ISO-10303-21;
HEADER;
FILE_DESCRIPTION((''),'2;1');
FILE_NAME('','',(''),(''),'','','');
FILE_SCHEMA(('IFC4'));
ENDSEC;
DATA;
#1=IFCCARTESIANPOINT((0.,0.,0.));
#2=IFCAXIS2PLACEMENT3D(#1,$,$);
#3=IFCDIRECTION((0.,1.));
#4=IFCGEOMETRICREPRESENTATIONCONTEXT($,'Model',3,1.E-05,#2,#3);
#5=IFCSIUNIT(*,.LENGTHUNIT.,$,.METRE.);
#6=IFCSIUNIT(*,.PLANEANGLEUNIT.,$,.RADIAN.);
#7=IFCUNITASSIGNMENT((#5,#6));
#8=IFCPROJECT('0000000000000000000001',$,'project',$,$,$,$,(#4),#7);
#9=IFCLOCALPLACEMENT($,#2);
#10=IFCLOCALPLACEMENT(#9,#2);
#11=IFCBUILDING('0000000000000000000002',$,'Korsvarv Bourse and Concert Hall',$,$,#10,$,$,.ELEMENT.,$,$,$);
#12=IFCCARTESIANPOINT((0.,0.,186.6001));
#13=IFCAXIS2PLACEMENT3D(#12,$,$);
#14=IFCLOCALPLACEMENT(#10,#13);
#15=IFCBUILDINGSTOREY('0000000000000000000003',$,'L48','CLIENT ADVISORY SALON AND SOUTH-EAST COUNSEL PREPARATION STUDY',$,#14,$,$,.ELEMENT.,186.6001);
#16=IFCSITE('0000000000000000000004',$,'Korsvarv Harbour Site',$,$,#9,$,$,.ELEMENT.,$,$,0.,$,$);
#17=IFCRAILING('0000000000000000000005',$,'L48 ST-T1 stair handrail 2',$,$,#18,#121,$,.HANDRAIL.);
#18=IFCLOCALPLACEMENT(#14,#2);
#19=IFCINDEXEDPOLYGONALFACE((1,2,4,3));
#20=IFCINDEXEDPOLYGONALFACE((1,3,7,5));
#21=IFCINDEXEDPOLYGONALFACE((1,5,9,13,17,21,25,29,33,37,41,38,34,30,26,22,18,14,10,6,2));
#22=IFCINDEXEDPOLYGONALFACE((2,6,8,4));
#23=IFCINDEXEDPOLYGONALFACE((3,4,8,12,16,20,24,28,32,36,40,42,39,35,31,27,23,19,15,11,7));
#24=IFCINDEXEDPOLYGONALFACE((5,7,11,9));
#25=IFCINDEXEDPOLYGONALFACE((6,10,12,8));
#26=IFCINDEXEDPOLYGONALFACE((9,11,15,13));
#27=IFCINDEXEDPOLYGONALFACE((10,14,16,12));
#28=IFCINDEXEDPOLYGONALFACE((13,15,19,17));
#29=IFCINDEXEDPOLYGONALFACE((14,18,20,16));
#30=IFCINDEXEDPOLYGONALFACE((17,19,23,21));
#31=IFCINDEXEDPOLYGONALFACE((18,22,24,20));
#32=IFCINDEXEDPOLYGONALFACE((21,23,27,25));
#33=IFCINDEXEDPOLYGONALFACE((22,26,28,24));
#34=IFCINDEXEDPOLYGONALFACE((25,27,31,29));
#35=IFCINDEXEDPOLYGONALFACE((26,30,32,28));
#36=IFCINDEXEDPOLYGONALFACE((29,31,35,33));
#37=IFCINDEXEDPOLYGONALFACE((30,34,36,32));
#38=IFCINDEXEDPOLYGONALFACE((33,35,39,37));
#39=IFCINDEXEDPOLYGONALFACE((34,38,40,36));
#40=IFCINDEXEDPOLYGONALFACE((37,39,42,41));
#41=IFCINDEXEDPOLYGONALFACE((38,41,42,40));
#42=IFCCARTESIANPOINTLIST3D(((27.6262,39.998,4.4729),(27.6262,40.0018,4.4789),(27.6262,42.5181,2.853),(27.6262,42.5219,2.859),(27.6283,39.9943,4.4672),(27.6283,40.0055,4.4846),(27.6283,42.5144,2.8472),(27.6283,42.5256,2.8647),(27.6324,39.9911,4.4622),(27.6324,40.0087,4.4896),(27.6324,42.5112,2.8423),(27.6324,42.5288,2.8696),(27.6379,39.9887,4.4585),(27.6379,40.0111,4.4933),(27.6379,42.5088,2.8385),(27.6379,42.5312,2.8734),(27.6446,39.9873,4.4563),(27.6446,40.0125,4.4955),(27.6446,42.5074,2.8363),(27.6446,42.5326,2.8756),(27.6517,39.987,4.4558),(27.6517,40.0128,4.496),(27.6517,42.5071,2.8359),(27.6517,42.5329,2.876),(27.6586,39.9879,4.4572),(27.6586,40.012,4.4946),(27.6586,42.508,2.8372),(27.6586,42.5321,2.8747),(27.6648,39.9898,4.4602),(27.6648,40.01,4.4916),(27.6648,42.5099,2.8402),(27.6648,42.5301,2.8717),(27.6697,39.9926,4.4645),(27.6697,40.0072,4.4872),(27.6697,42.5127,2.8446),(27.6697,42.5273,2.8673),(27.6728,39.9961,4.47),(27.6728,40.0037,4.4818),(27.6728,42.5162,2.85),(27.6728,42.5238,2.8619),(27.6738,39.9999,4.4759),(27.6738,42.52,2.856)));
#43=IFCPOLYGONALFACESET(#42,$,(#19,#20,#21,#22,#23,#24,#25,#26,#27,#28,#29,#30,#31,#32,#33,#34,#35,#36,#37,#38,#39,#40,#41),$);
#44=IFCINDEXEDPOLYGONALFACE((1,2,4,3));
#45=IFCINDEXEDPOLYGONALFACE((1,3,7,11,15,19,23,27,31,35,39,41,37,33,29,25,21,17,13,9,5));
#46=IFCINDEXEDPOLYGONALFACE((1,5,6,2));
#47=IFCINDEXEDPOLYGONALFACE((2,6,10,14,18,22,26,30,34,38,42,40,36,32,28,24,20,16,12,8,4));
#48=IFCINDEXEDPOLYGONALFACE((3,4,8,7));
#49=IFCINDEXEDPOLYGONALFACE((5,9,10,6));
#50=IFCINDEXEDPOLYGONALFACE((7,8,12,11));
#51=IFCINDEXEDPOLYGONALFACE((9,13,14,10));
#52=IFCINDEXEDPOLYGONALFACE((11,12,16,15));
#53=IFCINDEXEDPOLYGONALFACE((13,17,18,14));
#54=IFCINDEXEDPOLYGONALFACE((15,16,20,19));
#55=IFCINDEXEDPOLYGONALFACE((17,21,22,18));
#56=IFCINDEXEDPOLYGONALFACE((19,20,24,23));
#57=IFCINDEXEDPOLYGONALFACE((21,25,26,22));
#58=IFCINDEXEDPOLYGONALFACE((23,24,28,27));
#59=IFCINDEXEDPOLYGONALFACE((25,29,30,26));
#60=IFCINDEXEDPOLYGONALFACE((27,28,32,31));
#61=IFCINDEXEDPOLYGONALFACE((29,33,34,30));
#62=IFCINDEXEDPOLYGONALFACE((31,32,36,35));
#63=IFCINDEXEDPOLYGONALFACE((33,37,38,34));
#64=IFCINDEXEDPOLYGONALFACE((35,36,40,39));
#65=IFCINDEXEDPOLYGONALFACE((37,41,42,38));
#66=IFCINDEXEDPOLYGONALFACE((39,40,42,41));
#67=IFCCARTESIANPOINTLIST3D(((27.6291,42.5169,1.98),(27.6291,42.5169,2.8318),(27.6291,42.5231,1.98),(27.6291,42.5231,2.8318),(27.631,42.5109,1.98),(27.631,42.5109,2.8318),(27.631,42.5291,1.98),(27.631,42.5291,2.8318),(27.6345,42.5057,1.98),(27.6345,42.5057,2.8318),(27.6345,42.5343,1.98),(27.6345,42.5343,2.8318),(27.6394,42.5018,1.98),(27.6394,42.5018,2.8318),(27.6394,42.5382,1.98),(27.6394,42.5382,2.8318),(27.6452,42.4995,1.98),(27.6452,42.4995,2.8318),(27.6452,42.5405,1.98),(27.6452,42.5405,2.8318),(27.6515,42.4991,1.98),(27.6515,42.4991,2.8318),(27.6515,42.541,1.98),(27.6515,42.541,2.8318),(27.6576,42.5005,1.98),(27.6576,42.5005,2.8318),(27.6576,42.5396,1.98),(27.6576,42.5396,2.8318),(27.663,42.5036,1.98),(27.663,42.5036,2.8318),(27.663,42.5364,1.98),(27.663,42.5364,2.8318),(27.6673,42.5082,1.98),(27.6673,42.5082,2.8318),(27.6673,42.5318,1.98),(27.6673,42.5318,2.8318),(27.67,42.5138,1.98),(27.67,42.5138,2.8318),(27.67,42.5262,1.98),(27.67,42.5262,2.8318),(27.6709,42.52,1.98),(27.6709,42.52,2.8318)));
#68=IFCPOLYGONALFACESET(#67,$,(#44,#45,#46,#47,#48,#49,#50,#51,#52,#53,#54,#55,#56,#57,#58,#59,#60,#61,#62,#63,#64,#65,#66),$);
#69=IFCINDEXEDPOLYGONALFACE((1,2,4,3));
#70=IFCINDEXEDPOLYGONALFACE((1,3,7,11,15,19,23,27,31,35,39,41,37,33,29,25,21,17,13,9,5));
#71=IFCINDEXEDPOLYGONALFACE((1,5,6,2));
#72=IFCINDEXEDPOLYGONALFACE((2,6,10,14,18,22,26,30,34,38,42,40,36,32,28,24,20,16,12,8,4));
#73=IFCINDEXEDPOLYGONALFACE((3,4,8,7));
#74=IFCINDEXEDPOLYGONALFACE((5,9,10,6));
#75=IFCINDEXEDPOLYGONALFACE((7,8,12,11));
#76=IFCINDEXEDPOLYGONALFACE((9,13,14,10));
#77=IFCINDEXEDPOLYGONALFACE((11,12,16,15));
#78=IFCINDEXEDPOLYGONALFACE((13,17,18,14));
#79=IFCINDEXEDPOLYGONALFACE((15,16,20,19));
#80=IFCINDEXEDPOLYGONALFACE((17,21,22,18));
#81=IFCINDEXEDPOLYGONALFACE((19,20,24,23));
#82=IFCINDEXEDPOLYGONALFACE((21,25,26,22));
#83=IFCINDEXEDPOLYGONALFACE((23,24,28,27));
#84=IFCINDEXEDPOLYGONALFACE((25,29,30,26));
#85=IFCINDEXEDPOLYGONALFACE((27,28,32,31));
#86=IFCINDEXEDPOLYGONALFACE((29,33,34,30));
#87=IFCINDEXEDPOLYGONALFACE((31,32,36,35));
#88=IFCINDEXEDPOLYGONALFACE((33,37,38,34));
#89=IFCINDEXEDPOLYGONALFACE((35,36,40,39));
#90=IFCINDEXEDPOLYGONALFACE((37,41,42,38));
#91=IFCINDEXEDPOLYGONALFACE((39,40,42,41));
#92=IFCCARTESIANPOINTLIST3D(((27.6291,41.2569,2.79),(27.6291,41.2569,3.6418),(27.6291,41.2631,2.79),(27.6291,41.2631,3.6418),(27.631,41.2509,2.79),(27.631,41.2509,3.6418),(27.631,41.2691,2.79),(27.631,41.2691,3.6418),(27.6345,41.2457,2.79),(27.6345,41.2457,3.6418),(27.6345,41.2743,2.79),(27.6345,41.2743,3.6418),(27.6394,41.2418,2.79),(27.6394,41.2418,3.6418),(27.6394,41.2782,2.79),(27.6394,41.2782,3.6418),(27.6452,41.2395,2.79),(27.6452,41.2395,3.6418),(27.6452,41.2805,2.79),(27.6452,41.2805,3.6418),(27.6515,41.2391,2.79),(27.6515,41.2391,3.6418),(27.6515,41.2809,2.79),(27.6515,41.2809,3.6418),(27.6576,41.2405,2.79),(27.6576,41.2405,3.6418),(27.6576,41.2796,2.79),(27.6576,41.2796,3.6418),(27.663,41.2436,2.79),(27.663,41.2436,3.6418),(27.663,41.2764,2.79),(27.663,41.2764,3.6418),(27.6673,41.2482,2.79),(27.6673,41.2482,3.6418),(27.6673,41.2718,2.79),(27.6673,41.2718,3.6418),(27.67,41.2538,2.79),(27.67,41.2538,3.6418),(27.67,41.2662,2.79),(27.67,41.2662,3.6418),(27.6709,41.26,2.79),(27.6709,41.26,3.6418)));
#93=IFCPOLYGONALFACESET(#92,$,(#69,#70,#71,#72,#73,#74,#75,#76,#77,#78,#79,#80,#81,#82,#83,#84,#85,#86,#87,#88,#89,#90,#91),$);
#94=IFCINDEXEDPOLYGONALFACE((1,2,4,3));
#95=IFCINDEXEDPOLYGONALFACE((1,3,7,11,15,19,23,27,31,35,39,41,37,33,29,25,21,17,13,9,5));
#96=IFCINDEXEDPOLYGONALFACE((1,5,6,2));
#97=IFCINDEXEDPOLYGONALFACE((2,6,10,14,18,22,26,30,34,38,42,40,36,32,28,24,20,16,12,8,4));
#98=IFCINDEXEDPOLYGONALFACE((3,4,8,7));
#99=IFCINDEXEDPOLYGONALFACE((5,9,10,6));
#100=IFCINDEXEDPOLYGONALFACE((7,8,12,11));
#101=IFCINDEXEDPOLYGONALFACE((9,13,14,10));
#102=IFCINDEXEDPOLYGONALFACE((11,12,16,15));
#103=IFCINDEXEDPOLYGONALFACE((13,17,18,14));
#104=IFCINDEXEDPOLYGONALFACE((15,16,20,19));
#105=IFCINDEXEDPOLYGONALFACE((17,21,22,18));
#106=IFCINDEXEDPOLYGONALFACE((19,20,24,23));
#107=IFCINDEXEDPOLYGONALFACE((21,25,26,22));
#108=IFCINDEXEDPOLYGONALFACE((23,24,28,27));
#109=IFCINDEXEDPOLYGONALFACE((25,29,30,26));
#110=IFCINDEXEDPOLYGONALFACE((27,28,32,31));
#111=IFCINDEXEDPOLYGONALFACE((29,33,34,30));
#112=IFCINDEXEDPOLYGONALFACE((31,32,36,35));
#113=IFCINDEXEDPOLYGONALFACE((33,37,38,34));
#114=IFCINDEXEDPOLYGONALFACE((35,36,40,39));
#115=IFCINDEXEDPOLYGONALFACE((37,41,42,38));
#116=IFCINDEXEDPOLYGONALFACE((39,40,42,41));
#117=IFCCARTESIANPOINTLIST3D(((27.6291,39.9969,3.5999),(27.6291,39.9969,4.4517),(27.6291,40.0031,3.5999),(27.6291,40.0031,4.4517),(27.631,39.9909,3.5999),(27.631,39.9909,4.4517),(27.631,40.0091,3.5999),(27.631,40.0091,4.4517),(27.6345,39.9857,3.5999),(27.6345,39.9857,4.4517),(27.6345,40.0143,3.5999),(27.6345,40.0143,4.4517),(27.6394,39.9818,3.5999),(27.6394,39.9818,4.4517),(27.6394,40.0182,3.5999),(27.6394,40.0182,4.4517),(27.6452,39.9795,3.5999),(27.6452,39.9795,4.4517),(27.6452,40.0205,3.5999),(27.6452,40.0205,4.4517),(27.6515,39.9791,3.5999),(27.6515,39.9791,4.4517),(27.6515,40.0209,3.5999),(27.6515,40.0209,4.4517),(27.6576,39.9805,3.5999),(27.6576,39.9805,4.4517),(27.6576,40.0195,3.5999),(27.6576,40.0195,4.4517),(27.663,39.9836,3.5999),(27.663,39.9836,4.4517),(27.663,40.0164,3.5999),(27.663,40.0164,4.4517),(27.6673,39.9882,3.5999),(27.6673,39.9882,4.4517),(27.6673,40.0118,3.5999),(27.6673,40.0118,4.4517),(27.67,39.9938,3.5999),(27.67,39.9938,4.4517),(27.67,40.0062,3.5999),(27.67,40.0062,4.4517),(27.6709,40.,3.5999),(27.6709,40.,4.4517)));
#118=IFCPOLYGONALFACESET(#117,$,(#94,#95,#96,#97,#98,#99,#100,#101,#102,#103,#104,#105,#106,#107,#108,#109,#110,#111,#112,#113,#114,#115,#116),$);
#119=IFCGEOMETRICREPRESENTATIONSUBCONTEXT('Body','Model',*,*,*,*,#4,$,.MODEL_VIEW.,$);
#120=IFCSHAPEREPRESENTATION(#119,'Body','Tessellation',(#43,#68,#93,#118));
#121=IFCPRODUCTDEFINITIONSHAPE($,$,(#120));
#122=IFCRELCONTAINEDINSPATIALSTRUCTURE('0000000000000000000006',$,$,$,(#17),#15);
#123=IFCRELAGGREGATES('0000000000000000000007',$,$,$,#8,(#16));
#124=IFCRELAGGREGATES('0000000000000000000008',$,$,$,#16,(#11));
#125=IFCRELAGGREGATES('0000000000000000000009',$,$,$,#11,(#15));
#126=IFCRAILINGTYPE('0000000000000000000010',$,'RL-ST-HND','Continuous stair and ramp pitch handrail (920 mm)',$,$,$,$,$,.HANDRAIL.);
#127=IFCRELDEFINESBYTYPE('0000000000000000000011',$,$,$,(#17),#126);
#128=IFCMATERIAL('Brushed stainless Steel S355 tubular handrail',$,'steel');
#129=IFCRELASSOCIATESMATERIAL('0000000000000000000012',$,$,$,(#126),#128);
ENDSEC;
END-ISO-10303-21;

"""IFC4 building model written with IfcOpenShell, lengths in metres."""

from ifc_helpers import new_model, si_unit, direction, frame, origin, origin_2d, place, context, subcontext, project, spatial, circle, extrude, material, type_object, element, save


model = new_model("IFC4")

# Units and contexts
model_context = context("Model", 3, precision=1e-05, world=origin(), true_north=direction((0.0, 1.0)))
body_context = subcontext(model_context, "Body", "Model", "MODEL_VIEW")
ifc_project = project(units=[si_unit("LENGTHUNIT", "METRE"), si_unit("PLANEANGLEUNIT", "RADIAN")], contexts=[model_context])

# Site, building, storey
site_placement = place(None, origin())
site = spatial("IfcSite", under=ifc_project, at=site_placement, Name="Korsvarv Harbour Site", CompositionType="ELEMENT", RefElevation=0.0)
building_placement = place(site_placement, origin())
building = spatial("IfcBuilding", under=site, at=building_placement, Name="Korsvarv Bourse and Concert Hall", CompositionType="ELEMENT")
storey_placement = place(building_placement, frame((0.0, 0.0, 186.6001)))
storey = spatial("IfcBuildingStorey", under=building, at=storey_placement, Name="L48", Description="CLIENT ADVISORY SALON AND SOUTH-EAST COUNSEL PREPARATION STUDY", CompositionType="ELEMENT", Elevation=186.6001)

# Railing
ifc_material_1 = material(Name="Brushed stainless Steel S355 tubular handrail", Category="steel")
railing_type_1 = type_object("IfcRailingType", Name="RL-ST-HND", Description="Continuous stair and ramp pitch handrail (920 mm)", PredefinedType="HANDRAIL", material=ifc_material_1)
railing_1_placement = place(storey_placement, frame((27.6499, 42.52, 1.98)))
element("IfcRailing", 1, at=railing_1_placement, inside=storey, type_object=railing_type_1, Name="L48 ST-T1 stair handrail 2", PredefinedType="HANDRAIL", context=body_context, shape_type="SweptSolid", body=[
    extrude(circle(Radius=0.0239, at=origin_2d()), frame((0.0, 0.0, 0.876), z_axis=(0.0, -0.8412, 0.540725), x_axis=(1.0, 0.0, 0.0)), (0.0, 0.0, 1.0), 2.9958),
    extrude(circle(Radius=0.021, at=origin_2d()), origin(), (0.0, 0.0, 1.0), 0.8518),
    extrude(circle(Radius=0.021, at=origin_2d()), frame((0.0, -1.26, 0.8101)), (0.0, 0.0, 1.0), 0.8518),
    extrude(circle(Radius=0.021, at=origin_2d()), frame((0.0, -2.52, 1.6199)), (0.0, 0.0, 1.0), 0.8518),
])

save(model, "model.ifc")
